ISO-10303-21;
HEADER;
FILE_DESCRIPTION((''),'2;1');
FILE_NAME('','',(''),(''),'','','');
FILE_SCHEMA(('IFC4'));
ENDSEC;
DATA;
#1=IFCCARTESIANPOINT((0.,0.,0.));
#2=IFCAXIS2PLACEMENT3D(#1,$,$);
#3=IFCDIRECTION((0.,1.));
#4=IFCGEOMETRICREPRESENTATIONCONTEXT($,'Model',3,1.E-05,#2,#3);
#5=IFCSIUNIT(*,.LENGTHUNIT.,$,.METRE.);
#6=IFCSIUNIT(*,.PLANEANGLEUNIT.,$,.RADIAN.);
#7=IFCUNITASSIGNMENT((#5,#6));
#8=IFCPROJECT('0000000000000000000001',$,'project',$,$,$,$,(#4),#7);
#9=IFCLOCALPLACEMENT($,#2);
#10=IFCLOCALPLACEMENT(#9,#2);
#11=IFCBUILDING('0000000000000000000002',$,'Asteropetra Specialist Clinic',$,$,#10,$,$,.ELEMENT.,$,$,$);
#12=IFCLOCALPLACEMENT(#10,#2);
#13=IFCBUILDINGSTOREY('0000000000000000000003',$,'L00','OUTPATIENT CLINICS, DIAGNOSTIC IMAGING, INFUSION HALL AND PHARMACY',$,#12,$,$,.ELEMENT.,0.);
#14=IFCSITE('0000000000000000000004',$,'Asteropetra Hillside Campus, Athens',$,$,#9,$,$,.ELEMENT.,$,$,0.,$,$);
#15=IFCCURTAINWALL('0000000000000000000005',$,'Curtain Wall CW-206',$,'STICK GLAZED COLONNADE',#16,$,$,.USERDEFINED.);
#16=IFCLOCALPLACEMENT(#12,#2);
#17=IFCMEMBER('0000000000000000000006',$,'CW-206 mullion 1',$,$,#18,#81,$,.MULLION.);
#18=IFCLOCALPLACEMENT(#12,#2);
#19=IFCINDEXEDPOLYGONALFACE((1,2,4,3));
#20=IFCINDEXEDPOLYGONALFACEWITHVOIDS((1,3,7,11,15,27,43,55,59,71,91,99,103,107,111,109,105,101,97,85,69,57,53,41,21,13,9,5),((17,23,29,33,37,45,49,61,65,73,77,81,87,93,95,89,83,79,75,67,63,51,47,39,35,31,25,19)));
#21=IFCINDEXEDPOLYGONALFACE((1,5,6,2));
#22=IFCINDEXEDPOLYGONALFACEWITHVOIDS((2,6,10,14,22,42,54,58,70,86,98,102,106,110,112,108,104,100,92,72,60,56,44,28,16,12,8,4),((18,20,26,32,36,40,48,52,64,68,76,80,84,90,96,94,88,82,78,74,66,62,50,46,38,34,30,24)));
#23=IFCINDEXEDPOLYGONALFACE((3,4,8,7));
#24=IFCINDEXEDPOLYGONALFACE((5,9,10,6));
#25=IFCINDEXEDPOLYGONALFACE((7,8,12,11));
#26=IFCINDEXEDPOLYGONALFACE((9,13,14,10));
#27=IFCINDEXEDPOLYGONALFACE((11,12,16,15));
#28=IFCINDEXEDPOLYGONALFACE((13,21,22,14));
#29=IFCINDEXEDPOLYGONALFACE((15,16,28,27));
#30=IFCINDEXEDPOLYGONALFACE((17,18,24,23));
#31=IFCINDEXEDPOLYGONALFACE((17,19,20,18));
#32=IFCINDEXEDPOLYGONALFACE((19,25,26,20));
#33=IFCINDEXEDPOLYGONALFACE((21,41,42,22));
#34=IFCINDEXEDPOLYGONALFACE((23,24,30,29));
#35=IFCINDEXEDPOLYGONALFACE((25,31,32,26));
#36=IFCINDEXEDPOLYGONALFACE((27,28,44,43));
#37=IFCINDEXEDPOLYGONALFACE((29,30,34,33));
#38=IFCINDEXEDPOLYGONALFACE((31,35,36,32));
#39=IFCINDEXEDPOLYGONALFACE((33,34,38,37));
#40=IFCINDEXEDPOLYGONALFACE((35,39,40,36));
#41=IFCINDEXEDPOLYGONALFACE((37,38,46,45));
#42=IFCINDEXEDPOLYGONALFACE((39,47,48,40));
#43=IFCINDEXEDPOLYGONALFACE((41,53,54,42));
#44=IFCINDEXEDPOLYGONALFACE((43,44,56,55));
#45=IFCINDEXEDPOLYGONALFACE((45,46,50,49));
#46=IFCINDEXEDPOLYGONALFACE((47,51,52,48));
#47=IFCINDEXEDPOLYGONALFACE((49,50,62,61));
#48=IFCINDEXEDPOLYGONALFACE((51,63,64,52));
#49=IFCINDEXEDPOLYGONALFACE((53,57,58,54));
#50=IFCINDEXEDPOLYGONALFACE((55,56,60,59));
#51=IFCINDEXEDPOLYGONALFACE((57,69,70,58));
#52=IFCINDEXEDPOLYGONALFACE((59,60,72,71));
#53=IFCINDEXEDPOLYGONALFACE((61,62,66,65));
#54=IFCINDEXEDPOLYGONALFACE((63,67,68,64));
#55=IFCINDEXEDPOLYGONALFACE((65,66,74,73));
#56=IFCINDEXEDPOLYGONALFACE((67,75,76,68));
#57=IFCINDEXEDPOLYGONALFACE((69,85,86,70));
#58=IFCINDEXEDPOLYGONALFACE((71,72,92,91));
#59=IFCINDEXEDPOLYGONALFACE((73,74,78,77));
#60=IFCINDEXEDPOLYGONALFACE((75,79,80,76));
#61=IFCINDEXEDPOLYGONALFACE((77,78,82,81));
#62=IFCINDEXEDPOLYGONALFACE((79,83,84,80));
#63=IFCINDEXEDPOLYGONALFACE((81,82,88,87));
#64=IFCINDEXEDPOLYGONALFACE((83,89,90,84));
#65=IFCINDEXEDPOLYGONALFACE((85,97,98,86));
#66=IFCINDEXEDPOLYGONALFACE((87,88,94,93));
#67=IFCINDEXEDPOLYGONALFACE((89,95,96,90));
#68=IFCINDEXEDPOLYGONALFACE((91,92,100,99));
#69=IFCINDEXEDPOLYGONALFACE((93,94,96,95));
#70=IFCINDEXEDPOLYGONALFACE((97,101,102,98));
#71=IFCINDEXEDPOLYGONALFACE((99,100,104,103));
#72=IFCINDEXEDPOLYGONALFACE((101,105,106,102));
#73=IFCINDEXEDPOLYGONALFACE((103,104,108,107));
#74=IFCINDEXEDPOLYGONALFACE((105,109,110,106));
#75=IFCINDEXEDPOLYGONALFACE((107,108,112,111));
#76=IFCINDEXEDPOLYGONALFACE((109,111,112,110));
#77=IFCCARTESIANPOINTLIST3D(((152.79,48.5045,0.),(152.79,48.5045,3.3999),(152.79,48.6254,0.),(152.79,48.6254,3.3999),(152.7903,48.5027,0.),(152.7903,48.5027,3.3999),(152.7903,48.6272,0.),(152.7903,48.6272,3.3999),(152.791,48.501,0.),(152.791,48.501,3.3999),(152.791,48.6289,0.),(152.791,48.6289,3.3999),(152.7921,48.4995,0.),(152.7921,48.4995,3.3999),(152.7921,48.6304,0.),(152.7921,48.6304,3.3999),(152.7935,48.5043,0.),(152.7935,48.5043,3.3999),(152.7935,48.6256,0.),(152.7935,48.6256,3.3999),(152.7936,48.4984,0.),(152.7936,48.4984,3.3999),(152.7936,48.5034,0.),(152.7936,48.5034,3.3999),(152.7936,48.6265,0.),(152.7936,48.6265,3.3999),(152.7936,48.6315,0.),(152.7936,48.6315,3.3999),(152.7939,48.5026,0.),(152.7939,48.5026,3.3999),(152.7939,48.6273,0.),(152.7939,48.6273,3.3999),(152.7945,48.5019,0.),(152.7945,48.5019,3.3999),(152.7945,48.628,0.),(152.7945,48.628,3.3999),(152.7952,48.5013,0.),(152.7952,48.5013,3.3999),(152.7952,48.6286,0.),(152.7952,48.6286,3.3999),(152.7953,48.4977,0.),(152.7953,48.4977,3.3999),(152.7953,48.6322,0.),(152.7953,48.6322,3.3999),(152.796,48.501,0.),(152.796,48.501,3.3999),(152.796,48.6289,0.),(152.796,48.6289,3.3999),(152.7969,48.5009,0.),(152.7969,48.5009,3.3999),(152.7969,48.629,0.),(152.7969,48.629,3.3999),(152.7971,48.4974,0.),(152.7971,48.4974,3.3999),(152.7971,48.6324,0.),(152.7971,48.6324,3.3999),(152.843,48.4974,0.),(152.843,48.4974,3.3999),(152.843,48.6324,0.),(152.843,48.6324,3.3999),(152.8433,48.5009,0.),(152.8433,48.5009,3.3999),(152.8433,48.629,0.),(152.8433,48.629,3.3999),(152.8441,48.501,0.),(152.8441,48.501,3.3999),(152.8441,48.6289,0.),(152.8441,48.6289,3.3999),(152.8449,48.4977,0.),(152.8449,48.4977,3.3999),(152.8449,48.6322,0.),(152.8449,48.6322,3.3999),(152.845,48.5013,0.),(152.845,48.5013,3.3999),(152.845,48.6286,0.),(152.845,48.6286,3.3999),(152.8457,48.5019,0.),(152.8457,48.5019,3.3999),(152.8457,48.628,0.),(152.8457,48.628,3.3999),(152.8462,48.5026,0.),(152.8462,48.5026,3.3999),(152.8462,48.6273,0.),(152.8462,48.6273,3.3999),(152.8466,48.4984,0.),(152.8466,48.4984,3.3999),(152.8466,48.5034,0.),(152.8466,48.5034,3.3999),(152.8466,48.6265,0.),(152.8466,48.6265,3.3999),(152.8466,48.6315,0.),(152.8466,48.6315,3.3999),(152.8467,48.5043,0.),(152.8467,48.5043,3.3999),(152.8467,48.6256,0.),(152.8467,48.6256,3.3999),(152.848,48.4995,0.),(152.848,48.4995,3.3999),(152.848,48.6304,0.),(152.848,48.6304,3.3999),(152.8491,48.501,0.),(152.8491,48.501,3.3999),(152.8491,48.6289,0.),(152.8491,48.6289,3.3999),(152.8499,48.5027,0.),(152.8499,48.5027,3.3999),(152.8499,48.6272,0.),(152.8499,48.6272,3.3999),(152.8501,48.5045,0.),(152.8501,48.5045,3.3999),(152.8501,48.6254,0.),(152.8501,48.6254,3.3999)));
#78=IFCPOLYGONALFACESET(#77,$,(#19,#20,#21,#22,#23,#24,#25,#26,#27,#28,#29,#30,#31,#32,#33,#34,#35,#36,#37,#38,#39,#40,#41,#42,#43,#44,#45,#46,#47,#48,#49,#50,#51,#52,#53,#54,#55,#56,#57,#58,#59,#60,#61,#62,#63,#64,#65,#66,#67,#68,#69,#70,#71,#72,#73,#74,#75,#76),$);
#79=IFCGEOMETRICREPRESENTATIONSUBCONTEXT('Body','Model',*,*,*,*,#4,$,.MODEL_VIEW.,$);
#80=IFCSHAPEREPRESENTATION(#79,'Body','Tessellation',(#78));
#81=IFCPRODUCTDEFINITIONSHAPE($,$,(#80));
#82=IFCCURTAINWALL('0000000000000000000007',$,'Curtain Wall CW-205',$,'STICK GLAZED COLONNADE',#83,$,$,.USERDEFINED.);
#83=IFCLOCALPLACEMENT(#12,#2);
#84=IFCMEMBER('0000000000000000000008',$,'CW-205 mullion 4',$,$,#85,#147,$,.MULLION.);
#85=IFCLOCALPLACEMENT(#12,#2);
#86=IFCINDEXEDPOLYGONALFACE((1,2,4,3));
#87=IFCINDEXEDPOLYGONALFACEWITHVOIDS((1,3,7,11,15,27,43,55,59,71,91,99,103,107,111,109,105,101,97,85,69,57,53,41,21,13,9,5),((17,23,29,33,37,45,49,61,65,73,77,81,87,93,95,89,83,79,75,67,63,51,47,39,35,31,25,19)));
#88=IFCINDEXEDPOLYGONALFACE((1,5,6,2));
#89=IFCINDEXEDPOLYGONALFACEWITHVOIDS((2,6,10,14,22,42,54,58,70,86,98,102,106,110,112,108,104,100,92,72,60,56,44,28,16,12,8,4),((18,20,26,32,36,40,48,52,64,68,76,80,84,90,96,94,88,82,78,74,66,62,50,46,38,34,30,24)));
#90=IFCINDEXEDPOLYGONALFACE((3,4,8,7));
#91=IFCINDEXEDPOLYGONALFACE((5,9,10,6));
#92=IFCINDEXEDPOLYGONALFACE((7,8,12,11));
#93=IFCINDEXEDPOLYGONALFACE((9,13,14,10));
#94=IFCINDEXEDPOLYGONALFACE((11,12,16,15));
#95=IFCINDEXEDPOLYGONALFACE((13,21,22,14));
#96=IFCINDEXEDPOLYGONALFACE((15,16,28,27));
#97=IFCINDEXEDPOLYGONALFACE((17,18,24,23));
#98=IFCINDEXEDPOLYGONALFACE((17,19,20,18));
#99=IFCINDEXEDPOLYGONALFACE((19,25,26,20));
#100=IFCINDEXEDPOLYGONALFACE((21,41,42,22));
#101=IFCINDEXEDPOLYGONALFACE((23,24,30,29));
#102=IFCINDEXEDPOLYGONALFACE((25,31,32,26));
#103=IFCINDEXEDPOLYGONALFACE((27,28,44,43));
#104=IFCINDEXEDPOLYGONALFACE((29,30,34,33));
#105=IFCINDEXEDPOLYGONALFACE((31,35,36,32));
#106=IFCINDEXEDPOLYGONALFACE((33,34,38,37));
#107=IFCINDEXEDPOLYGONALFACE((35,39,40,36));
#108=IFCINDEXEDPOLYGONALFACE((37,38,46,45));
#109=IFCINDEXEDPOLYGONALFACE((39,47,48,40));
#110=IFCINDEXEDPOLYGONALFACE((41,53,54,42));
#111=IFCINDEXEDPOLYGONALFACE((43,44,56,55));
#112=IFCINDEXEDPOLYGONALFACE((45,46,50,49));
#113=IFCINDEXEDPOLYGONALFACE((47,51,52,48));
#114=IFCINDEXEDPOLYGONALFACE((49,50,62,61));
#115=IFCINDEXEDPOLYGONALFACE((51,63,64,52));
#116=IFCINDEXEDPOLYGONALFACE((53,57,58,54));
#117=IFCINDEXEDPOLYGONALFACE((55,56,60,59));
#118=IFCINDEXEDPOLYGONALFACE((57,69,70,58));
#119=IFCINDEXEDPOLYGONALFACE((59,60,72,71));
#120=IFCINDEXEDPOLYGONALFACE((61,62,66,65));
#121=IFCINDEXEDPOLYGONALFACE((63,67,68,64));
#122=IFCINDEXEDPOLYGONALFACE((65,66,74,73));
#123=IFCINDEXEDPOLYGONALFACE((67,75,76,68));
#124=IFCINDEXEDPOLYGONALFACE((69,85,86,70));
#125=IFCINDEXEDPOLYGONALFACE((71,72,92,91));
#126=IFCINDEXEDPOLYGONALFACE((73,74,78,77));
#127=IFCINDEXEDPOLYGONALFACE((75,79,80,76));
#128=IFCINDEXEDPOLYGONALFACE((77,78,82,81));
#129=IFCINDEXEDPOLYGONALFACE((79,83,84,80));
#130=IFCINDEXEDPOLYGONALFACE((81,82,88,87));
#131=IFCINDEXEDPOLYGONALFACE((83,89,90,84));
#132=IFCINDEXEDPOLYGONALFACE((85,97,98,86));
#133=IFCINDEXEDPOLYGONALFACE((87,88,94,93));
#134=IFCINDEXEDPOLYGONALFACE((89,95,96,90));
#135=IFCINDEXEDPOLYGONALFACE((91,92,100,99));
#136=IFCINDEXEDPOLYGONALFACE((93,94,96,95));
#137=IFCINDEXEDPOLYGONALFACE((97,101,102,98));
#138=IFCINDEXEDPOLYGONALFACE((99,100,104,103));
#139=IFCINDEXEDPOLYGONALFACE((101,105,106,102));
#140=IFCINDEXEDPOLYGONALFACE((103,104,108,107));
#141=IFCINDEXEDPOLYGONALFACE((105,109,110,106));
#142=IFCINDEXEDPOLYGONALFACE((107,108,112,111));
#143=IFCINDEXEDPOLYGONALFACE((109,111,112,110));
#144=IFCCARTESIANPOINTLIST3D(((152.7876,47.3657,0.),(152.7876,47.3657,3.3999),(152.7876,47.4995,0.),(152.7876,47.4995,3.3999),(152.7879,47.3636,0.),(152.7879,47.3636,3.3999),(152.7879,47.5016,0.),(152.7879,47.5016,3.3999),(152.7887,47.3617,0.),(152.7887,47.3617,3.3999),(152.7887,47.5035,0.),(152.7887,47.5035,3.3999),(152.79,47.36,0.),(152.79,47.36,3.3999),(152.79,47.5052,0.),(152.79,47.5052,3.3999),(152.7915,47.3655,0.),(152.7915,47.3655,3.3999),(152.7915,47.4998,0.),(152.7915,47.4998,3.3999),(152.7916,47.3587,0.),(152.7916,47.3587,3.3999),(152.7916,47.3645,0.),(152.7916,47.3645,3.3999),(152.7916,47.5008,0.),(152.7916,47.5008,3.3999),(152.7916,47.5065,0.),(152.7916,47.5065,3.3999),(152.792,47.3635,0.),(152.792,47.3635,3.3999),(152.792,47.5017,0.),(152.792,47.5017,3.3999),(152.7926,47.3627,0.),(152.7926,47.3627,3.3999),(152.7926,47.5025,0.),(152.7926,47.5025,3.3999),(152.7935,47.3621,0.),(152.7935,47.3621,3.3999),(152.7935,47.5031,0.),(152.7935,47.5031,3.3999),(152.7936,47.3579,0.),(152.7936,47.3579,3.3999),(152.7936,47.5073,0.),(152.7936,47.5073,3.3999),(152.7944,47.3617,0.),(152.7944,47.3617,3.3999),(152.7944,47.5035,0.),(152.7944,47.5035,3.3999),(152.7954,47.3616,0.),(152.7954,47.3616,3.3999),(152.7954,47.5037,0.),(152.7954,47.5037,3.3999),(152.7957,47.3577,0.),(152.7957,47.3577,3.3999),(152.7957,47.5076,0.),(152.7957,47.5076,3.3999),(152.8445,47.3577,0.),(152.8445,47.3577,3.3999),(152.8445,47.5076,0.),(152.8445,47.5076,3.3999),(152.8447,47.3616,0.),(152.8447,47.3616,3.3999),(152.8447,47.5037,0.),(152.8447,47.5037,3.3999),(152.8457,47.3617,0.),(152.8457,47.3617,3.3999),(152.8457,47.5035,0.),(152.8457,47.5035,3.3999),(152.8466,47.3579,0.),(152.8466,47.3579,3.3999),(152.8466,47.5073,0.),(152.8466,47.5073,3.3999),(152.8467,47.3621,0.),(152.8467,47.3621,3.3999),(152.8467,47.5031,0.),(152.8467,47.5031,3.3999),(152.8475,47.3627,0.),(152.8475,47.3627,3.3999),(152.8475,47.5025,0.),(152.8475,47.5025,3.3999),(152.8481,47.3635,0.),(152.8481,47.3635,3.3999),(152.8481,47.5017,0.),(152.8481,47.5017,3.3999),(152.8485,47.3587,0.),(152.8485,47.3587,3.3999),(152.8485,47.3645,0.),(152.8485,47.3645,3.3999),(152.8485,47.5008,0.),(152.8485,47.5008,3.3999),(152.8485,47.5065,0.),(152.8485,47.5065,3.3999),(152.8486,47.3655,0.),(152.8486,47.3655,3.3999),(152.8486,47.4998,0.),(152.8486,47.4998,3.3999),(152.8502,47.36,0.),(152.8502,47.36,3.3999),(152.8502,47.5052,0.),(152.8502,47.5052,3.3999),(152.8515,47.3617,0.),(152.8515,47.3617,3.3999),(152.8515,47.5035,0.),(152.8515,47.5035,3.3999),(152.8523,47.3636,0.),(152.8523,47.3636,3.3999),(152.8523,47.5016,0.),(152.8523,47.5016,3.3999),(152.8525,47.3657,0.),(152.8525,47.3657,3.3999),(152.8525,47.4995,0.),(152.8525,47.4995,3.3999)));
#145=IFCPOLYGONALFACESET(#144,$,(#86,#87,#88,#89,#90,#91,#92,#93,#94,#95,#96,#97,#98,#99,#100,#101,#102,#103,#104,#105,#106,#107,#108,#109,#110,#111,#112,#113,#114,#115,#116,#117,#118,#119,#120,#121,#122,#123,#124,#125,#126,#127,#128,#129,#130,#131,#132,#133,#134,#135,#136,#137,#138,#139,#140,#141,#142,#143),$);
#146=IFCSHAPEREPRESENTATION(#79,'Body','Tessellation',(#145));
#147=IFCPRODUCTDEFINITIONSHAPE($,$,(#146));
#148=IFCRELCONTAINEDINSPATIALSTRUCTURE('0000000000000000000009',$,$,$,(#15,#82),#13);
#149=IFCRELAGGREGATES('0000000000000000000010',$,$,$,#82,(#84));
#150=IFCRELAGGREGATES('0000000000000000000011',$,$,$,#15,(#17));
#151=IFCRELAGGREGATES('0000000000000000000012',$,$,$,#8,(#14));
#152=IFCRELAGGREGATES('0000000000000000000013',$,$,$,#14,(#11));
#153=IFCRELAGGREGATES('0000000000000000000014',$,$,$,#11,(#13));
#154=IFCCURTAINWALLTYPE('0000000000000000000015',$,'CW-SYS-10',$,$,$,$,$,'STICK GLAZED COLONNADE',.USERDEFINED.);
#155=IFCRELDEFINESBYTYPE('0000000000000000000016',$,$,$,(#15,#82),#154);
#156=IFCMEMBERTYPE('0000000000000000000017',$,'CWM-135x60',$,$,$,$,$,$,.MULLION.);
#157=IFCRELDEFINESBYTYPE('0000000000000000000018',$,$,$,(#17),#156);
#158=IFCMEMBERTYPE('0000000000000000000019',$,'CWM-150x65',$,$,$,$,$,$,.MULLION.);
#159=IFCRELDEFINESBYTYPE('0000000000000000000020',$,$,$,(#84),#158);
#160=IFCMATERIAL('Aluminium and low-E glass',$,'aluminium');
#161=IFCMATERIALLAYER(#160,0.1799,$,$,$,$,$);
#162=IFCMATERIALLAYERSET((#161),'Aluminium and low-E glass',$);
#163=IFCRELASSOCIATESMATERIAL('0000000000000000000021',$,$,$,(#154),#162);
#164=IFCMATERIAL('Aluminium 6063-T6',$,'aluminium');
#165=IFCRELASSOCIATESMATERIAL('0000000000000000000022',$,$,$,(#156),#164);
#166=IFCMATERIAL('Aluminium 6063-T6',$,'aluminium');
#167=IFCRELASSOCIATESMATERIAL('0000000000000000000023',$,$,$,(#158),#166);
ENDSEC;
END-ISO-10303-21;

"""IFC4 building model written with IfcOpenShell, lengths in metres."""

from ifc_helpers import new_model, si_unit, direction, frame, origin, origin_2d, place, context, subcontext, project, spatial, hollow_rectangle, extrude, material, layer, layer_set, material_profile, profile_set, type_object, element, aggregate, save


model = new_model("IFC4")

# Units and contexts
model_context = context("Model", 3, precision=1e-05, world=origin(), true_north=direction((0.0, 1.0)))
body_context = subcontext(model_context, "Body", "Model", "MODEL_VIEW")
ifc_project = project(units=[si_unit("LENGTHUNIT", "METRE"), si_unit("PLANEANGLEUNIT", "RADIAN")], contexts=[model_context])

# Site, building, storey
site_placement = place(None, origin())
site = spatial("IfcSite", under=ifc_project, at=site_placement, Name="Asteropetra Hillside Campus, Athens", CompositionType="ELEMENT", RefElevation=0.0)
building_placement = place(site_placement, origin())
building = spatial("IfcBuilding", under=site, at=building_placement, Name="Asteropetra Specialist Clinic", CompositionType="ELEMENT")
storey_placement = place(building_placement, origin())
storey = spatial("IfcBuildingStorey", under=building, at=storey_placement, Name="L00", Description="OUTPATIENT CLINICS, DIAGNOSTIC IMAGING, INFUSION HALL AND PHARMACY", CompositionType="ELEMENT", Elevation=0.0)

# Curtain walls, members
ifc_material_1 = material(Name="Aluminium and low-E glass", Category="aluminium")
ifc_layer_1 = layer(ifc_material_1, 0.1799)
ifc_layer_set_1 = layer_set([ifc_layer_1], Name="Aluminium and low-E glass")
curtain_wall_type = type_object("IfcCurtainWallType", Name="CW-SYS-10", ElementType="STICK GLAZED COLONNADE", PredefinedType="USERDEFINED", material=ifc_layer_set_1)
curtain_wall_1_placement = place(storey_placement, origin())
curtain_wall_1 = element("IfcCurtainWall", 1, at=curtain_wall_1_placement, inside=storey, type_object=curtain_wall_type, Name="Curtain Wall CW-206", ObjectType="STICK GLAZED COLONNADE", PredefinedType="USERDEFINED")
ifc_material_2 = material(Name="Aluminium 6063-T6", Category="aluminium")
ifc_material_profile_1 = material_profile(ifc_material_2, hollow_rectangle(XDim=0.0601, YDim=0.135, WallThickness=0.0034, InnerFilletRadius=0.0034, OuterFilletRadius=0.0071, at=origin_2d()), Name="MUL 135x60x3.5")
ifc_profile_set_1 = profile_set([ifc_material_profile_1], Name="Aluminium 6063-T6")
member_type_1 = type_object("IfcMemberType", Name="CWM-135x60", PredefinedType="MULLION", material=ifc_profile_set_1)
member_1_placement = place(storey_placement, frame((152.8201, 48.5649, 0.0), z_axis=(0.0, 0.0, 1.0), x_axis=(-1.0, 0.0, 0.0)))
member_1 = element("IfcMember", 2, at=member_1_placement, type_object=member_type_1, Name="CW-206 mullion 1", PredefinedType="MULLION", context=body_context, shape_type="SweptSolid", body=[
    extrude(hollow_rectangle(XDim=0.0601, YDim=0.135, WallThickness=0.0034, InnerFilletRadius=0.0034, OuterFilletRadius=0.0071, at=origin_2d()), origin(), (0.0, 0.0, 1.0), 3.3999),
])
curtain_wall_2_placement = place(storey_placement, origin())
curtain_wall_2 = element("IfcCurtainWall", 3, at=curtain_wall_2_placement, inside=storey, type_object=curtain_wall_type, Name="Curtain Wall CW-205", ObjectType="STICK GLAZED COLONNADE", PredefinedType="USERDEFINED")
ifc_material_3 = material(Name="Aluminium 6063-T6", Category="aluminium")
ifc_material_profile_2 = material_profile(ifc_material_3, hollow_rectangle(XDim=0.0649, YDim=0.1499, WallThickness=0.0039, InnerFilletRadius=0.0039, OuterFilletRadius=0.0081, at=origin_2d()), Name="MUL 150x65x4.0")
ifc_profile_set_2 = profile_set([ifc_material_profile_2], Name="Aluminium 6063-T6")
member_type_2 = type_object("IfcMemberType", Name="CWM-150x65", PredefinedType="MULLION", material=ifc_profile_set_2)
member_2_placement = place(storey_placement, frame((152.8201, 47.4326, 0.0), z_axis=(0.0, 0.0, 1.0), x_axis=(-1.0, 0.0, 0.0)))
member_2 = element("IfcMember", 4, at=member_2_placement, type_object=member_type_2, Name="CW-205 mullion 4", PredefinedType="MULLION", context=body_context, shape_type="SweptSolid", body=[
    extrude(hollow_rectangle(XDim=0.0649, YDim=0.1499, WallThickness=0.0039, InnerFilletRadius=0.0039, OuterFilletRadius=0.0081, at=origin_2d()), origin(), (0.0, 0.0, 1.0), 3.3999),
])

aggregate(curtain_wall_2, [member_2])
aggregate(curtain_wall_1, [member_1])

save(model, "model.ifc")
